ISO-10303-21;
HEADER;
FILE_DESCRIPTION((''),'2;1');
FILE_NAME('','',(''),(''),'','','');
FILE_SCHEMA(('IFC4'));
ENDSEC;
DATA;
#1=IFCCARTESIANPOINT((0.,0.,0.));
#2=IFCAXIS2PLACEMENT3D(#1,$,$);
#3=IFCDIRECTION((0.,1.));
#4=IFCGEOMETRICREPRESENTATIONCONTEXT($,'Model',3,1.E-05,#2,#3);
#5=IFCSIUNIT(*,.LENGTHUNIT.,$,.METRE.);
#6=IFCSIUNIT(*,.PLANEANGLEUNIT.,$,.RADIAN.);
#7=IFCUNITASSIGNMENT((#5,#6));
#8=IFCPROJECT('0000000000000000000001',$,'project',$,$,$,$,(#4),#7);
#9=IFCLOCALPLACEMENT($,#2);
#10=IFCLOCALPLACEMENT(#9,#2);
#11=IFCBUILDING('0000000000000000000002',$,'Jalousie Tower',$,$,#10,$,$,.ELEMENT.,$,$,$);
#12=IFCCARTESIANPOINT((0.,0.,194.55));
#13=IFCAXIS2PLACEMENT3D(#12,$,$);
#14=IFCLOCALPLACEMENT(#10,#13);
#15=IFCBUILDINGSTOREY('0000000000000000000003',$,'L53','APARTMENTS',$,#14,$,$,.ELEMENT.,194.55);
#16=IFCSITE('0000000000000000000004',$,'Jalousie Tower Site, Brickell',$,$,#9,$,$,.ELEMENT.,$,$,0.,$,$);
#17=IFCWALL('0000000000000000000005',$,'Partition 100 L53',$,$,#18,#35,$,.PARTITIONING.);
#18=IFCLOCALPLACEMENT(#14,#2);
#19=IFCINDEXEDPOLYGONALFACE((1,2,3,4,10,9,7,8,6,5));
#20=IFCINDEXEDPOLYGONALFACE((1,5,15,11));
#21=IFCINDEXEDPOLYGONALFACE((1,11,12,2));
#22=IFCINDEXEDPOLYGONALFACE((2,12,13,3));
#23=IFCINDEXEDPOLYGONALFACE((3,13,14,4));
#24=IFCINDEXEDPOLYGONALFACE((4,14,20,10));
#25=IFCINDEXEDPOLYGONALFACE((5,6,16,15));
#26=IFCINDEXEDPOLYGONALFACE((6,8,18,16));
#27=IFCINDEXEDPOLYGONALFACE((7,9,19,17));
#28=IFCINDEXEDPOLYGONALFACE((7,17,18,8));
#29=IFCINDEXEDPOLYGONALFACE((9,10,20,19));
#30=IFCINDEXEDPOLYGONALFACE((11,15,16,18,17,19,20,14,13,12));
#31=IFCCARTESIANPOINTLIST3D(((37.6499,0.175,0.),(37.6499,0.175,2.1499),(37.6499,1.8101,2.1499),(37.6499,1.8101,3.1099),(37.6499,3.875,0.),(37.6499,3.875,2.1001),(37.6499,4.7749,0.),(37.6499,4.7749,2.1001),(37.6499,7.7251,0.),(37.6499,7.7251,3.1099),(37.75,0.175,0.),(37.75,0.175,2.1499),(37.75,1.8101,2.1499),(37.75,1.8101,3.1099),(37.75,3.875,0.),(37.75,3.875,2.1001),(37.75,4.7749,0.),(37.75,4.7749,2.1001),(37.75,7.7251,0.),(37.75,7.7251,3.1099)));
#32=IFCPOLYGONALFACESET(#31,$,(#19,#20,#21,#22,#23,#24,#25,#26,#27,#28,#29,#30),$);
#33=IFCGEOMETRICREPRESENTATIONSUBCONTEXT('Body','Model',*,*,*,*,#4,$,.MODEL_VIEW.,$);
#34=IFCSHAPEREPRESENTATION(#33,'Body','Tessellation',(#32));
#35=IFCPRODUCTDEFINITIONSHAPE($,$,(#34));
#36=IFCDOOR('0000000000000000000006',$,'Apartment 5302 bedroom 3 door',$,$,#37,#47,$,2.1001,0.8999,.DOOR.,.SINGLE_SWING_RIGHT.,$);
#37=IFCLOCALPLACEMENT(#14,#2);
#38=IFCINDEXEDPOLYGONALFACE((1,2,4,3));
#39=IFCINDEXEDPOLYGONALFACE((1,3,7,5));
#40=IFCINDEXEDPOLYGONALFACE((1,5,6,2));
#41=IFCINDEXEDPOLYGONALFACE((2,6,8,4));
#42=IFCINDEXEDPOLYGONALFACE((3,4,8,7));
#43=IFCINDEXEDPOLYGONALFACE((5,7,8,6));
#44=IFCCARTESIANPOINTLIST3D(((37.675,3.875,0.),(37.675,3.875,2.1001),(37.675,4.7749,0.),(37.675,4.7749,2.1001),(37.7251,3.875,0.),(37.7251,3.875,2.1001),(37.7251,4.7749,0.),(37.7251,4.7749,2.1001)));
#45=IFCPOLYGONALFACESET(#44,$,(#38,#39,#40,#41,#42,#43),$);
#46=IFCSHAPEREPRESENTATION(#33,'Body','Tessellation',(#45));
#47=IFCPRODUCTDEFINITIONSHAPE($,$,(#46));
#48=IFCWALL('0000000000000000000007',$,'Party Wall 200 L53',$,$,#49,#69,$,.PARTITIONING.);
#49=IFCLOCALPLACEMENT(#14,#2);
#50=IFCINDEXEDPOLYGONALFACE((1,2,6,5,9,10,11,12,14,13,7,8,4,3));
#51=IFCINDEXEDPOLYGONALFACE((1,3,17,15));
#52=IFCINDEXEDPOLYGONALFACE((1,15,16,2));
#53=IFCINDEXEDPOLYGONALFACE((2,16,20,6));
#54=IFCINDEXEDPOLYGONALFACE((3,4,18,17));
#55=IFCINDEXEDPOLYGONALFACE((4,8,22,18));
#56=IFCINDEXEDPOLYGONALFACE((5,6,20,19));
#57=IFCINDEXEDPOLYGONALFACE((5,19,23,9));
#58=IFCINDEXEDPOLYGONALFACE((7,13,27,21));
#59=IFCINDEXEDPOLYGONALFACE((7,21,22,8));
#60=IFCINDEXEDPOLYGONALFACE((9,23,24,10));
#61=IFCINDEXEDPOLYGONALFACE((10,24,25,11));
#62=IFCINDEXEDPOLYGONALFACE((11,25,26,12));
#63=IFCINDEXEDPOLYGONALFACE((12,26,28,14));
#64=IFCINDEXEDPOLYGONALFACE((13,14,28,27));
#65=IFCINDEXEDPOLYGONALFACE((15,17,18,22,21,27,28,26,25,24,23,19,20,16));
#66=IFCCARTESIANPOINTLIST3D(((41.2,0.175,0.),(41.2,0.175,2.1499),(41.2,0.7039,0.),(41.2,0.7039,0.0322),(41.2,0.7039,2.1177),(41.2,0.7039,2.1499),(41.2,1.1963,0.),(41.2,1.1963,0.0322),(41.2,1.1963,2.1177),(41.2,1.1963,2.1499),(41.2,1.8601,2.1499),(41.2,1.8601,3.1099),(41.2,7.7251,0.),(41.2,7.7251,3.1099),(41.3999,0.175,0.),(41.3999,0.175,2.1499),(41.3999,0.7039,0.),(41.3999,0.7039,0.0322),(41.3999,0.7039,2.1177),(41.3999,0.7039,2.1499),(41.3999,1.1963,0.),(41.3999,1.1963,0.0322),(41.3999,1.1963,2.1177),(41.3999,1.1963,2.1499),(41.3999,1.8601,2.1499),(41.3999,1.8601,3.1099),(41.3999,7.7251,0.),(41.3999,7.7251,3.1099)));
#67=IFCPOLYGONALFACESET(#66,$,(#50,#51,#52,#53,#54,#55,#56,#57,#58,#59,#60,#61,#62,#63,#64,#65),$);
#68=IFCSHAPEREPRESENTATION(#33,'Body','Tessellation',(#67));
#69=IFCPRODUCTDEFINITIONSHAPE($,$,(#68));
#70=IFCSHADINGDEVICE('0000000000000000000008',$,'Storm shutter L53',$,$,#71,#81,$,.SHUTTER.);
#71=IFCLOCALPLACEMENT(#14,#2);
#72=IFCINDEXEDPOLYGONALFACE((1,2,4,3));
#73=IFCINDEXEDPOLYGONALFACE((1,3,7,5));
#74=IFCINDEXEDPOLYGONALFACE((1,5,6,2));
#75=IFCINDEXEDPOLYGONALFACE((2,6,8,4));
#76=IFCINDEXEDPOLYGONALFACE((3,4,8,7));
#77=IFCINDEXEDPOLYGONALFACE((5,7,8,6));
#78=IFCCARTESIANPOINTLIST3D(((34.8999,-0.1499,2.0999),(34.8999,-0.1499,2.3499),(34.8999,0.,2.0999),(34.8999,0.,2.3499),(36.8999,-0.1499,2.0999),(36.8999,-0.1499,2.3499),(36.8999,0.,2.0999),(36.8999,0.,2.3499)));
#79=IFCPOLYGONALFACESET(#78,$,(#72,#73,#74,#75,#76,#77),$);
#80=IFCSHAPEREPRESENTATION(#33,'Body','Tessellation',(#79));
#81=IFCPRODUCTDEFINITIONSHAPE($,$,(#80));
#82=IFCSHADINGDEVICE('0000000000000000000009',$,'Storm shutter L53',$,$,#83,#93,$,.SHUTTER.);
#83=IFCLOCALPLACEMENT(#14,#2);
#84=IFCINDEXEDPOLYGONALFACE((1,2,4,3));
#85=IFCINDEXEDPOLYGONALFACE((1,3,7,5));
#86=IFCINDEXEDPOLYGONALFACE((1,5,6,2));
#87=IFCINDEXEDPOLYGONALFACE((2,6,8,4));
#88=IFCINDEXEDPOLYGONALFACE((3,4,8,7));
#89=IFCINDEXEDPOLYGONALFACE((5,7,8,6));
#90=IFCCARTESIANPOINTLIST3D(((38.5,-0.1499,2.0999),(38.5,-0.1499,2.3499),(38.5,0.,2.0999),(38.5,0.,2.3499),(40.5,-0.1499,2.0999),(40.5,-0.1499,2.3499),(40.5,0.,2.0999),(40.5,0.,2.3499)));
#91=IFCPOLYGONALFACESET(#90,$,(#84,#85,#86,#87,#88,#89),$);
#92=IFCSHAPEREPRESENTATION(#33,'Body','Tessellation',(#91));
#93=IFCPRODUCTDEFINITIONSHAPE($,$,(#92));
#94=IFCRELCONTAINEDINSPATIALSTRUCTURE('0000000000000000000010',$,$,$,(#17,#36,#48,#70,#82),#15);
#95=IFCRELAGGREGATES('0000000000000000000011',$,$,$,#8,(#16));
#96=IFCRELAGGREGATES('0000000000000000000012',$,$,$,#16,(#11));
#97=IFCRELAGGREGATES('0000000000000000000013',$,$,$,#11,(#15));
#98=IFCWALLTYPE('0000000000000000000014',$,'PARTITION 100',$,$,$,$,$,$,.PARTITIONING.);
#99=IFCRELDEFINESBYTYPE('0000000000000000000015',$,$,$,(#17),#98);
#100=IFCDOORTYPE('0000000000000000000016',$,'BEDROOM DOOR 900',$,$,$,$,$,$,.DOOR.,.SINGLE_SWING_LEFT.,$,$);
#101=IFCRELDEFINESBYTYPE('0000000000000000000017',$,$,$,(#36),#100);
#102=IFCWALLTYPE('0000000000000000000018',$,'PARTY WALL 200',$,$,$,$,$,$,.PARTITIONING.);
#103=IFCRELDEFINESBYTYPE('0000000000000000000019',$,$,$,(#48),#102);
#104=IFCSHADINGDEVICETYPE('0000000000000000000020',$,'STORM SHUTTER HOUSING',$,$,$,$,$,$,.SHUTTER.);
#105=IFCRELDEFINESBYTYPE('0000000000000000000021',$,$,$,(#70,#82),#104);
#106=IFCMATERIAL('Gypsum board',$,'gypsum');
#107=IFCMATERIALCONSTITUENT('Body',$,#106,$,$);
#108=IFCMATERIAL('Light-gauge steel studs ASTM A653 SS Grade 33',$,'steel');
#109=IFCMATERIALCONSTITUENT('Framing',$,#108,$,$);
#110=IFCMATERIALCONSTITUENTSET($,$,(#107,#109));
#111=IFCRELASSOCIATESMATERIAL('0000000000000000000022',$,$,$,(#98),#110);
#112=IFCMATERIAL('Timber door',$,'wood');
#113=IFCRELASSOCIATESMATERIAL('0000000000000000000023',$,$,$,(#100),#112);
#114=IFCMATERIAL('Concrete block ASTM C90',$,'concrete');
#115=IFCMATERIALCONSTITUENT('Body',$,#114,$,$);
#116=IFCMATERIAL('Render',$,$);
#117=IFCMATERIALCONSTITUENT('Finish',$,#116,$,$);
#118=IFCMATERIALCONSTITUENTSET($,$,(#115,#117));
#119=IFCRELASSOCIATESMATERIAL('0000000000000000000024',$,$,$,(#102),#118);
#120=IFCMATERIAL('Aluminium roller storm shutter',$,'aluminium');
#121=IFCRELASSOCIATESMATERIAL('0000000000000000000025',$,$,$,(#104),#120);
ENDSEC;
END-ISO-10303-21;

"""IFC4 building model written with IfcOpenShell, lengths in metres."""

from ifc_helpers import new_model, si_unit, direction, frame, frame_2d, origin, origin_2d, place, context, subcontext, project, spatial, polyline, rectangle, outline, extrude, material, constituent, constituent_set, type_object, element, fill, save


model = new_model("IFC4")

# Units and contexts
model_context = context("Model", 3, precision=1e-05, world=origin(), true_north=direction((0.0, 1.0)))
body_context = subcontext(model_context, "Body", "Model", "MODEL_VIEW")
ifc_project = project(units=[si_unit("LENGTHUNIT", "METRE"), si_unit("PLANEANGLEUNIT", "RADIAN")], contexts=[model_context])

# Site, building, storey
site_placement = place(None, origin())
site = spatial("IfcSite", under=ifc_project, at=site_placement, Name="Jalousie Tower Site, Brickell", CompositionType="ELEMENT", RefElevation=0.0)
building_placement = place(site_placement, origin())
building = spatial("IfcBuilding", under=site, at=building_placement, Name="Jalousie Tower", CompositionType="ELEMENT")
storey_placement = place(building_placement, frame((0.0, 0.0, 194.55)))
storey = spatial("IfcBuildingStorey", under=building, at=storey_placement, Name="L53", Description="APARTMENTS", CompositionType="ELEMENT", Elevation=194.55)

# Wall, opening, door
ifc_material_1 = material(Name="Gypsum board", Category="gypsum")
ifc_constituent_1 = constituent(ifc_material_1, Name="Body")
ifc_material_2 = material(Name="Light-gauge steel studs ASTM A653 SS Grade 33", Category="steel")
ifc_constituent_2 = constituent(ifc_material_2, Name="Framing")
ifc_constituent_set_1 = constituent_set(constituents=[ifc_constituent_1, ifc_constituent_2])
wall_type_1 = type_object("IfcWallType", Name="PARTITION 100", PredefinedType="PARTITIONING", material=ifc_constituent_set_1)
ifc_material_3 = material(Name="Timber door", Category="wood")
door_type = type_object("IfcDoorType", Name="BEDROOM DOOR 900", OperationType="SINGLE_SWING_LEFT", PredefinedType="DOOR", material=ifc_material_3)
wall_1_placement = place(storey_placement, frame((37.7, 0.175, 0.0), z_axis=(0.0, 0.0, 1.0), x_axis=(0.0, 1.0, 0.0)))
wall_1 = element("IfcWall", 1, at=wall_1_placement, inside=storey, type_object=wall_type_1, Name="Partition 100 L53", PredefinedType="PARTITIONING", context=body_context, shape_type="SweptSolid", body=[
    extrude(outline(polyline([(0.0, 0.0), (7.55, 0.0), (7.55, 3.1099), (1.635, 3.1099), (1.635, 2.1499), (0.0, 2.1499), (0.0, 3.1099), (0.0, 0.0)])), frame((0.0, 0.05, 0.0), z_axis=(0.0, -1.0, 0.0), x_axis=(1.0, 0.0, 0.0)), (0.0, 0.0, 1.0), 0.1001),
])
opening_1_placement = place(wall_1_placement, frame((3.7, 0.0, 0.0)))
opening_1 = element("IfcOpeningElement", 2, at=opening_1_placement, cuts=wall_1, PredefinedType="OPENING", context=body_context, shape_type="SweptSolid", body=[
    extrude(rectangle(XDim=0.8999, YDim=2.1001, at=frame_2d((0.45, 1.05))), frame((0.0, 0.0601, 0.0), z_axis=(0.0, -1.0, 0.0), x_axis=(1.0, 0.0, 0.0)), (0.0, 0.0, 1.0), 0.1201),
])
door_1_placement = place(opening_1_placement, origin())
door_1 = element("IfcDoor", 3, at=door_1_placement, inside=storey, type_object=door_type, Name="Apartment 5302 bedroom 3 door", OperationType="SINGLE_SWING_RIGHT", OverallHeight=2.1001, OverallWidth=0.8999, PredefinedType="DOOR", context=body_context, shape_type="SweptSolid", body=[
    extrude(rectangle(XDim=0.8999, YDim=2.1001, at=frame_2d((0.45, 1.05))), frame((0.0, 0.0249, 0.0), z_axis=(0.0, -1.0, 0.0), x_axis=(1.0, 0.0, 0.0)), (0.0, 0.0, 1.0), 0.05),
])
fill(opening_1, door_1)

# Wall
ifc_material_4 = material(Name="Concrete block ASTM C90", Category="concrete")
ifc_constituent_3 = constituent(ifc_material_4, Name="Body")
ifc_material_5 = material(Name="Render")
ifc_constituent_4 = constituent(ifc_material_5, Name="Finish")
ifc_constituent_set_2 = constituent_set(constituents=[ifc_constituent_3, ifc_constituent_4])
wall_type_2 = type_object("IfcWallType", Name="PARTY WALL 200", PredefinedType="PARTITIONING", material=ifc_constituent_set_2)
wall_2_placement = place(storey_placement, frame((41.3, 0.175, 0.0), z_axis=(0.0, 0.0, 1.0), x_axis=(0.0, 1.0, 0.0)))
element("IfcWall", 4, at=wall_2_placement, inside=storey, type_object=wall_type_2, Name="Party Wall 200 L53", PredefinedType="PARTITIONING", context=body_context, shape_type="SweptSolid", body=[
    extrude(outline(polyline([(0.5288, 2.1499), (0.0, 2.1499), (0.0, 0.0), (0.5288, 0.0), (0.5288, 0.0322), (1.0212, 0.0322), (1.0212, 0.0), (7.55, 0.0), (7.55, 3.1099), (1.6851, 3.1099), (1.6851, 2.1499), (1.0212, 2.1499), (1.0212, 2.1177), (0.5288, 2.1177), (0.5288, 2.1499)])), frame((0.0, 0.1001, 0.0), z_axis=(0.0, -1.0, 0.0), x_axis=(1.0, 0.0, 0.0)), (0.0, 0.0, 1.0), 0.2),
])

# Shading devices
ifc_material_6 = material(Name="Aluminium roller storm shutter", Category="aluminium")
shading_device_type = type_object("IfcShadingDeviceType", Name="STORM SHUTTER HOUSING", PredefinedType="SHUTTER", material=ifc_material_6)
for number, where, z_axis, x_axis, name in (
    (5, (35.8999, -0.075, 2.0999), (0.0, 0.0, 1.0), (1.0, 0.0, 0.0), "Storm shutter L53"),
    (6, (39.5, -0.075, 2.0999), (0.0, 0.0, 1.0), (1.0, 0.0, 0.0), "Storm shutter L53"),
):
    element("IfcShadingDevice", number, at=place(storey_placement, frame(where, z_axis=z_axis, x_axis=x_axis)), inside=storey, type_object=shading_device_type, Name=name, PredefinedType="SHUTTER", context=body_context, shape_type="SweptSolid", body=[
        extrude(rectangle(XDim=2.0, YDim=0.1499, at=origin_2d()), origin(), (0.0, 0.0, 1.0), 0.25),
    ])

save(model, "model.ifc")
